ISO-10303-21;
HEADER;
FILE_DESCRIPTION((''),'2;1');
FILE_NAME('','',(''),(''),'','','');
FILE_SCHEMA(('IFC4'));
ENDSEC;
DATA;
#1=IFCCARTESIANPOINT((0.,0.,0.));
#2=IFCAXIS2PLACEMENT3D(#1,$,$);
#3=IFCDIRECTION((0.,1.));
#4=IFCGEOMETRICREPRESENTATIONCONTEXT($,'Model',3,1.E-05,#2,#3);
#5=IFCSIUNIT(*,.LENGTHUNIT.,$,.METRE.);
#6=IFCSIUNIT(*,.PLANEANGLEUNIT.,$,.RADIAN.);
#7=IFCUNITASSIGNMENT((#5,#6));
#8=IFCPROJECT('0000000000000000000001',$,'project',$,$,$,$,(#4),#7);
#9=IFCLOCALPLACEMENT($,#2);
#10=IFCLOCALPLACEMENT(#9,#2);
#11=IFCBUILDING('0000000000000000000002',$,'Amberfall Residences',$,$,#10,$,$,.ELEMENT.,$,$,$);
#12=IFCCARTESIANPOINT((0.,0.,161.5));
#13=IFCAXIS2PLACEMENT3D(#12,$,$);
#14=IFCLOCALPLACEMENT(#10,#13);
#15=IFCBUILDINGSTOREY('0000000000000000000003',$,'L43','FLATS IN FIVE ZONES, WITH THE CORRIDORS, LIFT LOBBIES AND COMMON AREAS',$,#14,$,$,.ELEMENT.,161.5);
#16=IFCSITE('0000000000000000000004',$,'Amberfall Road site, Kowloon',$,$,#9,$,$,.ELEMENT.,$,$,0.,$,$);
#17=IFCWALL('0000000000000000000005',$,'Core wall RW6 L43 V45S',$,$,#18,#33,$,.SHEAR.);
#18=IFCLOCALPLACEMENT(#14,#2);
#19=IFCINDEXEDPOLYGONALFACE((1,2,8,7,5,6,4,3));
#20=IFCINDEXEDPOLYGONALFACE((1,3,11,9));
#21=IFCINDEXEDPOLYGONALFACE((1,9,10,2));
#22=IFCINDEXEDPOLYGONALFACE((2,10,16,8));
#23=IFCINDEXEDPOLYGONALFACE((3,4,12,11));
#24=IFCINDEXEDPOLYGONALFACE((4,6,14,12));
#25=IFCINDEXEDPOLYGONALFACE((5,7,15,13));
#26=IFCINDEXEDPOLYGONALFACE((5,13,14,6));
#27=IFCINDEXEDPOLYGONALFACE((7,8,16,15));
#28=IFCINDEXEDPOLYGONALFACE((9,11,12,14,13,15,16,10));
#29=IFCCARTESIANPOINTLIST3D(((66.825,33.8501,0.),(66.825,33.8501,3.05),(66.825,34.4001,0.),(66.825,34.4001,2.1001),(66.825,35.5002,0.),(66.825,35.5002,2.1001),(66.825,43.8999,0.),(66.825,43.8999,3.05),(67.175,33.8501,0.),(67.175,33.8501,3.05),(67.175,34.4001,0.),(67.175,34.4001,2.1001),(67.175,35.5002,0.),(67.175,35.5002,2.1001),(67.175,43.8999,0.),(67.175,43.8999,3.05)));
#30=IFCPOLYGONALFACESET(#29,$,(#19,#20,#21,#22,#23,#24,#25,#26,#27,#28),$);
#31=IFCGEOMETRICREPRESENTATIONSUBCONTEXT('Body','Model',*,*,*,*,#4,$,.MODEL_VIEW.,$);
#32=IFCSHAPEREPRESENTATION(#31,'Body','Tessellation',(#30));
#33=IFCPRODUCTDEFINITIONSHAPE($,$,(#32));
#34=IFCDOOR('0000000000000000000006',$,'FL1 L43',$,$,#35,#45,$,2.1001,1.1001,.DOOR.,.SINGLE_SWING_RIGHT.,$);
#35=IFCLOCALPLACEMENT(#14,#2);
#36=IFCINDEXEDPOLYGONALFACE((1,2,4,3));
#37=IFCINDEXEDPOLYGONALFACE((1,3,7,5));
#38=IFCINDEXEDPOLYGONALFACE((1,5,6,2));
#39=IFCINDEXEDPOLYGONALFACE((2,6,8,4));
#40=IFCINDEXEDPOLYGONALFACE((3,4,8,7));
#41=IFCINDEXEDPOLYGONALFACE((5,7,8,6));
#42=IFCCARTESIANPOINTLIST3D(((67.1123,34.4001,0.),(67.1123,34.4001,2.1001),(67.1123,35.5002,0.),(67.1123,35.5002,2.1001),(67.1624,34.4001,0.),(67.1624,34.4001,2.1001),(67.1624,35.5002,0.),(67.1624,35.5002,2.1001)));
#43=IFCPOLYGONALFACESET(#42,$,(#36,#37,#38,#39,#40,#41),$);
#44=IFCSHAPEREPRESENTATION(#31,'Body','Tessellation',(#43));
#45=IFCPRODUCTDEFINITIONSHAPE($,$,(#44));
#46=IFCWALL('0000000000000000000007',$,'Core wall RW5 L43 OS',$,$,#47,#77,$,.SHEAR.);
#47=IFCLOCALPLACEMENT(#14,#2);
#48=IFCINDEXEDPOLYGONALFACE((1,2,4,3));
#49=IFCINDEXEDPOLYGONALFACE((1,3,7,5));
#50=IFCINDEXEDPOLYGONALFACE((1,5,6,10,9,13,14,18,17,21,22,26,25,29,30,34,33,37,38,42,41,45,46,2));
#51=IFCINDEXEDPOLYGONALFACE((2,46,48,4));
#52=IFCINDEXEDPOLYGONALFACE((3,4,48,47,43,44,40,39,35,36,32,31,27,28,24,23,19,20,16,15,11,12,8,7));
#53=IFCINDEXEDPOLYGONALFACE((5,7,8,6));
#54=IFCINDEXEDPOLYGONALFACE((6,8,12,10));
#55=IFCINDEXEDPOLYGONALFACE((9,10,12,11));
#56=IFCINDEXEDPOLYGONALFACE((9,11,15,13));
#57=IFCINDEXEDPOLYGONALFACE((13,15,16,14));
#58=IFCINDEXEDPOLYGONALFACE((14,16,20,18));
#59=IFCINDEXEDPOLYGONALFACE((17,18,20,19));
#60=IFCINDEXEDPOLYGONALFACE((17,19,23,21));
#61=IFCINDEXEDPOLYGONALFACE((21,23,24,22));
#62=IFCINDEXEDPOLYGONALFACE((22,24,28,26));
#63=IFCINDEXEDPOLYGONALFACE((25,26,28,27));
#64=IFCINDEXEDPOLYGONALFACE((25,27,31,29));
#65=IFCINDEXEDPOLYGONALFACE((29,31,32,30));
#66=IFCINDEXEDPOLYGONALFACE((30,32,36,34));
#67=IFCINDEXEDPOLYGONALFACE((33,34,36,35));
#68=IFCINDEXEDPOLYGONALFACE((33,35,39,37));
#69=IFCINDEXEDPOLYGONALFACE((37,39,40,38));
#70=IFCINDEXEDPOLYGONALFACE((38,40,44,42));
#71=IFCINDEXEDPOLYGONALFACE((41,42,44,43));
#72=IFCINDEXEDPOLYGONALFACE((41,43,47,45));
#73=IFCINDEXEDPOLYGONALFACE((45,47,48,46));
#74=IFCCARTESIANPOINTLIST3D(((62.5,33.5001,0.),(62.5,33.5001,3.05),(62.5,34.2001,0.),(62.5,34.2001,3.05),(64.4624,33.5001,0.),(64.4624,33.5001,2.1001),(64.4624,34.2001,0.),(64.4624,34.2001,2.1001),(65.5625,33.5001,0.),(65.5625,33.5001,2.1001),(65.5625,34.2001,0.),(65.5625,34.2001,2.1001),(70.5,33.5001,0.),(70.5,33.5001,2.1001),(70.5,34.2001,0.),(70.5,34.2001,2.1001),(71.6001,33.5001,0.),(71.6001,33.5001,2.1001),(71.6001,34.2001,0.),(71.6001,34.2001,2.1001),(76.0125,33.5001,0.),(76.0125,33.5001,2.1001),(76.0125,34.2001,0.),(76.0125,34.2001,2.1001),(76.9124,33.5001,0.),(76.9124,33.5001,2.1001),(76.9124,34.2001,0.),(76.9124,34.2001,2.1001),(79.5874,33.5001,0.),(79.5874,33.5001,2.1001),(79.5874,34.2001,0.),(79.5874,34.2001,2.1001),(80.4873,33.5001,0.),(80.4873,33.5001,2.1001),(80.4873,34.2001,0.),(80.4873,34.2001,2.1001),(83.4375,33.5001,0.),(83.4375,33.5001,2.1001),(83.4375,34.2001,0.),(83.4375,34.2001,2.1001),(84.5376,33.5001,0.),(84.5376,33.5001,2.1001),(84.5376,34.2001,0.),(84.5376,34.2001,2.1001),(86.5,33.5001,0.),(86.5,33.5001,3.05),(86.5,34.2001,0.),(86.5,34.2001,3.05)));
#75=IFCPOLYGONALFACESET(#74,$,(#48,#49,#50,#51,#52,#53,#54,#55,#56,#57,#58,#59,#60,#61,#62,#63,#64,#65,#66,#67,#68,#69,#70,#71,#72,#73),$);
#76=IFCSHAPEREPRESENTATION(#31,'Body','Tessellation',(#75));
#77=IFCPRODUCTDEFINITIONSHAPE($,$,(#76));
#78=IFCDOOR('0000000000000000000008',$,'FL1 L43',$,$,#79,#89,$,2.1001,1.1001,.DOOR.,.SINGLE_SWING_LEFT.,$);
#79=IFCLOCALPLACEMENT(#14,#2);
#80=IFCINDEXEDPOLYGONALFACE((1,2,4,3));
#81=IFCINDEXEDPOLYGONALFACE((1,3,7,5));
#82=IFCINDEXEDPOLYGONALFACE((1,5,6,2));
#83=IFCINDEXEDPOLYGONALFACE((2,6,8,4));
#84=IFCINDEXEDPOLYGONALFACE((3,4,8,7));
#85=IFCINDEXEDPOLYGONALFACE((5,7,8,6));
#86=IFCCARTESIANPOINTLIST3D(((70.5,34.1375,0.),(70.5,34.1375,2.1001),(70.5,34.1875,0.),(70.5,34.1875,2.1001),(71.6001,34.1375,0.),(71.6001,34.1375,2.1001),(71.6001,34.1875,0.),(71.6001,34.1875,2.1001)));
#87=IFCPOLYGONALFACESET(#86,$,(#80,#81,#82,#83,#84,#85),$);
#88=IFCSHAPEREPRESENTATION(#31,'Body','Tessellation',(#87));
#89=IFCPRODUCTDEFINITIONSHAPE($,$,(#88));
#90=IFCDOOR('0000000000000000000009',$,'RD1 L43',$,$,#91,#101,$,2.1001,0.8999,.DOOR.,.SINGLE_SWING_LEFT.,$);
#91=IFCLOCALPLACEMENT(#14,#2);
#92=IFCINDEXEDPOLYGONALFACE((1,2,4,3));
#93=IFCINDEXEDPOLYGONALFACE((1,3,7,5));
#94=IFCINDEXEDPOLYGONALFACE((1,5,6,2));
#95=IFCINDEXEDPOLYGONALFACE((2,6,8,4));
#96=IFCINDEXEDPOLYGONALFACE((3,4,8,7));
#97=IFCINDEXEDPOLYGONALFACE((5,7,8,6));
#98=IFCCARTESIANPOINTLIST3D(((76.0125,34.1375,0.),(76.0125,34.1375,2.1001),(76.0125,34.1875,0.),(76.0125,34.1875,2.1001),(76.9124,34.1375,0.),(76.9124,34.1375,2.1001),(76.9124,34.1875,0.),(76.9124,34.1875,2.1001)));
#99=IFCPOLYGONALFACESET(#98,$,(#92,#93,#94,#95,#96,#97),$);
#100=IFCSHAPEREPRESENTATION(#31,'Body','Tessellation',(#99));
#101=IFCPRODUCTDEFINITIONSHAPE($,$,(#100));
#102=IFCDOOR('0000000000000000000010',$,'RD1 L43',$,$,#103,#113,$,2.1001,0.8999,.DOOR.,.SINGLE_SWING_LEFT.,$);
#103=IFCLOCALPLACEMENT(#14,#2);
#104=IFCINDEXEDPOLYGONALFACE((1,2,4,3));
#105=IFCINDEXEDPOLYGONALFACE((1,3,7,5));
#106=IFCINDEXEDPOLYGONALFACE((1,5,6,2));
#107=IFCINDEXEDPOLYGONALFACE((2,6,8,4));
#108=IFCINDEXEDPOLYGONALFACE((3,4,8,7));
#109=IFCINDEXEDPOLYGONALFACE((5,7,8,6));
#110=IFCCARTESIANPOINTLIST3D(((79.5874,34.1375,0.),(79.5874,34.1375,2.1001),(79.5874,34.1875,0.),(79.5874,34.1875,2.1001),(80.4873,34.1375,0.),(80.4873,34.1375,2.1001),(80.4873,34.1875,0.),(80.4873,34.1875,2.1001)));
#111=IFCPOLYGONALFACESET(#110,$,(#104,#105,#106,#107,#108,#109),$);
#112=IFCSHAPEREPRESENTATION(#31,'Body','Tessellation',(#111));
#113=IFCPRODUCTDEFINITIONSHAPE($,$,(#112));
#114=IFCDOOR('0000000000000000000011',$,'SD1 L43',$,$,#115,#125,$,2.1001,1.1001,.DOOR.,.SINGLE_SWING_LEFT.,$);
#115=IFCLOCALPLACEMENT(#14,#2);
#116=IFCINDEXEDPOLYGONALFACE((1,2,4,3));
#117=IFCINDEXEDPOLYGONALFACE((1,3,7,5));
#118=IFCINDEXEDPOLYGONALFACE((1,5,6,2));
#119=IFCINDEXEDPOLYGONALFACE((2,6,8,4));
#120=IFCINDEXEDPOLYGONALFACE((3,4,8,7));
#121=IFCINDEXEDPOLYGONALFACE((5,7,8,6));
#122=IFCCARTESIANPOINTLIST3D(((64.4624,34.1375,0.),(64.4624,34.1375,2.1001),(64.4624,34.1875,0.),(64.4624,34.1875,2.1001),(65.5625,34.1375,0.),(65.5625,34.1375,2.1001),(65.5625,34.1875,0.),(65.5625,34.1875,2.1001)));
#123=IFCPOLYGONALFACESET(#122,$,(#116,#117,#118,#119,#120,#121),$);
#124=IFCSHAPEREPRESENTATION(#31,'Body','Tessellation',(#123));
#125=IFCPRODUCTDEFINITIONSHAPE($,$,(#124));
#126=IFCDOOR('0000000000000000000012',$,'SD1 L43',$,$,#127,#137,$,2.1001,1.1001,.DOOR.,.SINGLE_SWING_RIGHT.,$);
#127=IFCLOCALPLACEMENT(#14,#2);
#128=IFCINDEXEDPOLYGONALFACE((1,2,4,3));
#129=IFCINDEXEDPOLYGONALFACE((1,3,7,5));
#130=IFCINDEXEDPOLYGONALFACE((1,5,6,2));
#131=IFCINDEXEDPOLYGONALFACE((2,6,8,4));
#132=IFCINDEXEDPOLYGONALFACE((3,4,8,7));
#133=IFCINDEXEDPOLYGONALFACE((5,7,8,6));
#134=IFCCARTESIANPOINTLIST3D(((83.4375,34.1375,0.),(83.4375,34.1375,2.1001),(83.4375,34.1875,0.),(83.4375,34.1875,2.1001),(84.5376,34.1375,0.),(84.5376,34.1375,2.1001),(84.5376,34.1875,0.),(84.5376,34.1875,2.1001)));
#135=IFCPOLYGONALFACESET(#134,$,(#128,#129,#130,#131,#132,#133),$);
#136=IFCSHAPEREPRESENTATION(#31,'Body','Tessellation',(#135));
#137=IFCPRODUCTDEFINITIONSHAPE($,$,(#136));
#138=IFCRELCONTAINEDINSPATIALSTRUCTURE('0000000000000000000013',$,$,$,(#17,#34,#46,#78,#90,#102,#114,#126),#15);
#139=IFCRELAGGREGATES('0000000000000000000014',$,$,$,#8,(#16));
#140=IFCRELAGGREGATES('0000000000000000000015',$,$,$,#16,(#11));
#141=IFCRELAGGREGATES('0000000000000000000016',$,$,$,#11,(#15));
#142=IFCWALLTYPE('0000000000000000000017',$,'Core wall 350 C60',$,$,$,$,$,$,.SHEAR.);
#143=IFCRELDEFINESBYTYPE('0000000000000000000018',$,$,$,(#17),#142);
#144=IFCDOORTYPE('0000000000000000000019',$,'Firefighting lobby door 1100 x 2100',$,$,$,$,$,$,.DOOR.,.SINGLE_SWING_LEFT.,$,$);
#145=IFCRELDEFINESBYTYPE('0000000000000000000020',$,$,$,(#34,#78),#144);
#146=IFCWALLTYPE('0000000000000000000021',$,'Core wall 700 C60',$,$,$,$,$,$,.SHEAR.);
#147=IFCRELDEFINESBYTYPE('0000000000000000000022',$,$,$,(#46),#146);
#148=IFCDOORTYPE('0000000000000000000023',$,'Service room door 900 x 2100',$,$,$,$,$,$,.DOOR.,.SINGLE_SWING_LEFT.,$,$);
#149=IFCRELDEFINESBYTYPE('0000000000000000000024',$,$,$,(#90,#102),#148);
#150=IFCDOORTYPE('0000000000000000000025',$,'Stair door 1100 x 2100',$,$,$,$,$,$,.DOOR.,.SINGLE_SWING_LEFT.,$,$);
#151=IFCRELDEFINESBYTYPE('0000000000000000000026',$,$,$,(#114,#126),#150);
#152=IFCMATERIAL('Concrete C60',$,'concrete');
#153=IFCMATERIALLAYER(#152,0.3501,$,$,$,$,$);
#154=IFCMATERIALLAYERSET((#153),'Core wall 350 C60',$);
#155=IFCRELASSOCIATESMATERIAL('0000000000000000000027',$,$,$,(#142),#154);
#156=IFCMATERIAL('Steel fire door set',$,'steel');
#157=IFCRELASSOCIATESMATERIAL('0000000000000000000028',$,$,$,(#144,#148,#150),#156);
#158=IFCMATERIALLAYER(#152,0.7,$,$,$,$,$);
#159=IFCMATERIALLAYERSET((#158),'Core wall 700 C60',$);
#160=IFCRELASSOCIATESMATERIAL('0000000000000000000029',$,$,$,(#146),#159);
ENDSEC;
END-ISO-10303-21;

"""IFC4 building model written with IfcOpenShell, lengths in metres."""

from ifc_helpers import new_model, si_unit, direction, frame, frame_2d, origin, place, context, subcontext, project, spatial, rectangle, extrude, material, layer, layer_set, type_object, element, fill, save


model = new_model("IFC4")

# Units and contexts
model_context = context("Model", 3, precision=1e-05, world=origin(), true_north=direction((0.0, 1.0)))
body_context = subcontext(model_context, "Body", "Model", "MODEL_VIEW")
ifc_project = project(units=[si_unit("LENGTHUNIT", "METRE"), si_unit("PLANEANGLEUNIT", "RADIAN")], contexts=[model_context])

# Site, building, storey
site_placement = place(None, origin())
site = spatial("IfcSite", under=ifc_project, at=site_placement, Name="Amberfall Road site, Kowloon", CompositionType="ELEMENT", RefElevation=0.0)
building_placement = place(site_placement, origin())
building = spatial("IfcBuilding", under=site, at=building_placement, Name="Amberfall Residences", CompositionType="ELEMENT")
storey_placement = place(building_placement, frame((0.0, 0.0, 161.5)))
storey = spatial("IfcBuildingStorey", under=building, at=storey_placement, Name="L43", Description="FLATS IN FIVE ZONES, WITH THE CORRIDORS, LIFT LOBBIES AND COMMON AREAS", CompositionType="ELEMENT", Elevation=161.5)

# Wall, opening, door
ifc_material_1 = material(Name="Concrete C60", Category="concrete")
ifc_layer_1 = layer(ifc_material_1, 0.3501)
ifc_layer_set_1 = layer_set([ifc_layer_1], Name="Core wall 350 C60")
wall_type_1 = type_object("IfcWallType", Name="Core wall 350 C60", PredefinedType="SHEAR", material=ifc_layer_set_1)
wall_1_placement = place(storey_placement, frame((67.0, 33.8501, 0.0), z_axis=(0.0, 0.0, 1.0), x_axis=(0.0, 1.0, 0.0)))
wall_1 = element("IfcWall", 1, at=wall_1_placement, inside=storey, type_object=wall_type_1, Name="Core wall RW6 L43 V45S", PredefinedType="SHEAR", context=body_context, shape_type="SweptSolid", body=[
    extrude(rectangle(XDim=10.0498, YDim=0.3501, at=frame_2d((5.0249, 0.0))), origin(), (0.0, 0.0, 1.0), 3.05),
])
opening_1_placement = place(wall_1_placement, frame((0.55, 0.0, 0.0)))
opening_1 = element("IfcOpeningElement", 2, at=opening_1_placement, cuts=wall_1, PredefinedType="OPENING", context=body_context, shape_type="SweptSolid", body=[
    extrude(rectangle(XDim=1.1001, YDim=2.1001, at=frame_2d((0.55, 1.05))), frame((0.0, 0.1851, 0.0), z_axis=(0.0, -1.0, 0.0), x_axis=(1.0, 0.0, 0.0)), (0.0, 0.0, 1.0), 0.3701),
])
ifc_material_2 = material(Name="Steel fire door set", Category="steel")
door_type_1 = type_object("IfcDoorType", Name="Firefighting lobby door 1100 x 2100", OperationType="SINGLE_SWING_LEFT", PredefinedType="DOOR", material=ifc_material_2)
door_1_placement = place(opening_1_placement, origin())
door_1 = element("IfcDoor", 3, at=door_1_placement, inside=storey, type_object=door_type_1, Name="FL1 L43", OperationType="SINGLE_SWING_RIGHT", OverallHeight=2.1001, OverallWidth=1.1001, PredefinedType="DOOR", context=body_context, shape_type="SweptSolid", body=[
    extrude(rectangle(XDim=1.1001, YDim=2.1001, at=frame_2d((0.55, 1.05))), frame((0.0, -0.1123, 0.0), z_axis=(0.0, -1.0, 0.0), x_axis=(1.0, 0.0, 0.0)), (0.0, 0.0, 1.0), 0.05),
])
fill(opening_1, door_1)

# Wall, openings, doors
ifc_layer_2 = layer(ifc_material_1, 0.7)
ifc_layer_set_2 = layer_set([ifc_layer_2], Name="Core wall 700 C60")
wall_type_2 = type_object("IfcWallType", Name="Core wall 700 C60", PredefinedType="SHEAR", material=ifc_layer_set_2)
wall_2_placement = place(storey_placement, frame((62.5, 33.8501, 0.0), z_axis=(0.0, 0.0, 1.0), x_axis=(1.0, 0.0, 0.0)))
wall_2 = element("IfcWall", 4, at=wall_2_placement, inside=storey, type_object=wall_type_2, Name="Core wall RW5 L43 OS", PredefinedType="SHEAR", context=body_context, shape_type="SweptSolid", body=[
    extrude(rectangle(XDim=24.0, YDim=0.7, at=frame_2d((12.0, 0.0))), origin(), (0.0, 0.0, 1.0), 3.05),
])
opening_2_placement = place(wall_2_placement, frame((1.9624, 0.0, 0.0)))
opening_2 = element("IfcOpeningElement", 5, at=opening_2_placement, cuts=wall_2, PredefinedType="OPENING", context=body_context, shape_type="SweptSolid", body=[
    extrude(rectangle(XDim=1.1001, YDim=2.1001, at=frame_2d((0.55, 1.05))), frame((0.0, 0.3599, 0.0), z_axis=(0.0, -1.0, 0.0), x_axis=(1.0, 0.0, 0.0)), (0.0, 0.0, 1.0), 0.72),
])
opening_3_placement = place(wall_2_placement, frame((20.9375, 0.0, 0.0)))
opening_3 = element("IfcOpeningElement", 6, at=opening_3_placement, cuts=wall_2, PredefinedType="OPENING", context=body_context, shape_type="SweptSolid", body=[
    extrude(rectangle(XDim=1.1001, YDim=2.1001, at=frame_2d((0.55, 1.05))), frame((0.0, 0.3599, 0.0), z_axis=(0.0, -1.0, 0.0), x_axis=(1.0, 0.0, 0.0)), (0.0, 0.0, 1.0), 0.72),
])
opening_4_placement = place(wall_2_placement, frame((8.0, 0.0, 0.0)))
opening_4 = element("IfcOpeningElement", 7, at=opening_4_placement, cuts=wall_2, PredefinedType="OPENING", context=body_context, shape_type="SweptSolid", body=[
    extrude(rectangle(XDim=1.1001, YDim=2.1001, at=frame_2d((0.55, 1.05))), frame((0.0, 0.3599, 0.0), z_axis=(0.0, -1.0, 0.0), x_axis=(1.0, 0.0, 0.0)), (0.0, 0.0, 1.0), 0.72),
])
opening_5_placement = place(wall_2_placement, frame((13.5125, 0.0, 0.0)))
opening_5 = element("IfcOpeningElement", 8, at=opening_5_placement, cuts=wall_2, PredefinedType="OPENING", context=body_context, shape_type="SweptSolid", body=[
    extrude(rectangle(XDim=0.8999, YDim=2.1001, at=frame_2d((0.45, 1.05))), frame((0.0, 0.3599, 0.0), z_axis=(0.0, -1.0, 0.0), x_axis=(1.0, 0.0, 0.0)), (0.0, 0.0, 1.0), 0.72),
])
opening_6_placement = place(wall_2_placement, frame((17.0874, 0.0, 0.0)))
opening_6 = element("IfcOpeningElement", 9, at=opening_6_placement, cuts=wall_2, PredefinedType="OPENING", context=body_context, shape_type="SweptSolid", body=[
    extrude(rectangle(XDim=0.8999, YDim=2.1001, at=frame_2d((0.45, 1.05))), frame((0.0, 0.3599, 0.0), z_axis=(0.0, -1.0, 0.0), x_axis=(1.0, 0.0, 0.0)), (0.0, 0.0, 1.0), 0.72),
])
door_2_placement = place(opening_4_placement, origin())
door_2 = element("IfcDoor", 10, at=door_2_placement, inside=storey, type_object=door_type_1, Name="FL1 L43", OperationType="SINGLE_SWING_LEFT", OverallHeight=2.1001, OverallWidth=1.1001, PredefinedType="DOOR", context=body_context, shape_type="SweptSolid", body=[
    extrude(rectangle(XDim=1.1001, YDim=2.1001, at=frame_2d((0.55, 1.05))), frame((0.0, 0.3374, 0.0), z_axis=(0.0, -1.0, 0.0), x_axis=(1.0, 0.0, 0.0)), (0.0, 0.0, 1.0), 0.05),
])
fill(opening_4, door_2)
door_type_2 = type_object("IfcDoorType", Name="Service room door 900 x 2100", OperationType="SINGLE_SWING_LEFT", PredefinedType="DOOR", material=ifc_material_2)
door_3_placement = place(opening_5_placement, origin())
door_3 = element("IfcDoor", 11, at=door_3_placement, inside=storey, type_object=door_type_2, Name="RD1 L43", OperationType="SINGLE_SWING_LEFT", OverallHeight=2.1001, OverallWidth=0.8999, PredefinedType="DOOR", context=body_context, shape_type="SweptSolid", body=[
    extrude(rectangle(XDim=0.8999, YDim=2.1001, at=frame_2d((0.45, 1.05))), frame((0.0, 0.3374, 0.0), z_axis=(0.0, -1.0, 0.0), x_axis=(1.0, 0.0, 0.0)), (0.0, 0.0, 1.0), 0.05),
])
fill(opening_5, door_3)
door_4_placement = place(opening_6_placement, origin())
door_4 = element("IfcDoor", 12, at=door_4_placement, inside=storey, type_object=door_type_2, Name="RD1 L43", OperationType="SINGLE_SWING_LEFT", OverallHeight=2.1001, OverallWidth=0.8999, PredefinedType="DOOR", context=body_context, shape_type="SweptSolid", body=[
    extrude(rectangle(XDim=0.8999, YDim=2.1001, at=frame_2d((0.45, 1.05))), frame((0.0, 0.3374, 0.0), z_axis=(0.0, -1.0, 0.0), x_axis=(1.0, 0.0, 0.0)), (0.0, 0.0, 1.0), 0.05),
])
fill(opening_6, door_4)
door_type_3 = type_object("IfcDoorType", Name="Stair door 1100 x 2100", OperationType="SINGLE_SWING_LEFT", PredefinedType="DOOR", material=ifc_material_2)
door_5_placement = place(opening_2_placement, origin())
door_5 = element("IfcDoor", 13, at=door_5_placement, inside=storey, type_object=door_type_3, Name="SD1 L43", OperationType="SINGLE_SWING_LEFT", OverallHeight=2.1001, OverallWidth=1.1001, PredefinedType="DOOR", context=body_context, shape_type="SweptSolid", body=[
    extrude(rectangle(XDim=1.1001, YDim=2.1001, at=frame_2d((0.55, 1.05))), frame((0.0, 0.3374, 0.0), z_axis=(0.0, -1.0, 0.0), x_axis=(1.0, 0.0, 0.0)), (0.0, 0.0, 1.0), 0.05),
])
fill(opening_2, door_5)
door_6_placement = place(opening_3_placement, origin())
door_6 = element("IfcDoor", 14, at=door_6_placement, inside=storey, type_object=door_type_3, Name="SD1 L43", OperationType="SINGLE_SWING_RIGHT", OverallHeight=2.1001, OverallWidth=1.1001, PredefinedType="DOOR", context=body_context, shape_type="SweptSolid", body=[
    extrude(rectangle(XDim=1.1001, YDim=2.1001, at=frame_2d((0.55, 1.05))), frame((0.0, 0.3374, 0.0), z_axis=(0.0, -1.0, 0.0), x_axis=(1.0, 0.0, 0.0)), (0.0, 0.0, 1.0), 0.05),
])
fill(opening_3, door_6)

save(model, "model.ifc")
